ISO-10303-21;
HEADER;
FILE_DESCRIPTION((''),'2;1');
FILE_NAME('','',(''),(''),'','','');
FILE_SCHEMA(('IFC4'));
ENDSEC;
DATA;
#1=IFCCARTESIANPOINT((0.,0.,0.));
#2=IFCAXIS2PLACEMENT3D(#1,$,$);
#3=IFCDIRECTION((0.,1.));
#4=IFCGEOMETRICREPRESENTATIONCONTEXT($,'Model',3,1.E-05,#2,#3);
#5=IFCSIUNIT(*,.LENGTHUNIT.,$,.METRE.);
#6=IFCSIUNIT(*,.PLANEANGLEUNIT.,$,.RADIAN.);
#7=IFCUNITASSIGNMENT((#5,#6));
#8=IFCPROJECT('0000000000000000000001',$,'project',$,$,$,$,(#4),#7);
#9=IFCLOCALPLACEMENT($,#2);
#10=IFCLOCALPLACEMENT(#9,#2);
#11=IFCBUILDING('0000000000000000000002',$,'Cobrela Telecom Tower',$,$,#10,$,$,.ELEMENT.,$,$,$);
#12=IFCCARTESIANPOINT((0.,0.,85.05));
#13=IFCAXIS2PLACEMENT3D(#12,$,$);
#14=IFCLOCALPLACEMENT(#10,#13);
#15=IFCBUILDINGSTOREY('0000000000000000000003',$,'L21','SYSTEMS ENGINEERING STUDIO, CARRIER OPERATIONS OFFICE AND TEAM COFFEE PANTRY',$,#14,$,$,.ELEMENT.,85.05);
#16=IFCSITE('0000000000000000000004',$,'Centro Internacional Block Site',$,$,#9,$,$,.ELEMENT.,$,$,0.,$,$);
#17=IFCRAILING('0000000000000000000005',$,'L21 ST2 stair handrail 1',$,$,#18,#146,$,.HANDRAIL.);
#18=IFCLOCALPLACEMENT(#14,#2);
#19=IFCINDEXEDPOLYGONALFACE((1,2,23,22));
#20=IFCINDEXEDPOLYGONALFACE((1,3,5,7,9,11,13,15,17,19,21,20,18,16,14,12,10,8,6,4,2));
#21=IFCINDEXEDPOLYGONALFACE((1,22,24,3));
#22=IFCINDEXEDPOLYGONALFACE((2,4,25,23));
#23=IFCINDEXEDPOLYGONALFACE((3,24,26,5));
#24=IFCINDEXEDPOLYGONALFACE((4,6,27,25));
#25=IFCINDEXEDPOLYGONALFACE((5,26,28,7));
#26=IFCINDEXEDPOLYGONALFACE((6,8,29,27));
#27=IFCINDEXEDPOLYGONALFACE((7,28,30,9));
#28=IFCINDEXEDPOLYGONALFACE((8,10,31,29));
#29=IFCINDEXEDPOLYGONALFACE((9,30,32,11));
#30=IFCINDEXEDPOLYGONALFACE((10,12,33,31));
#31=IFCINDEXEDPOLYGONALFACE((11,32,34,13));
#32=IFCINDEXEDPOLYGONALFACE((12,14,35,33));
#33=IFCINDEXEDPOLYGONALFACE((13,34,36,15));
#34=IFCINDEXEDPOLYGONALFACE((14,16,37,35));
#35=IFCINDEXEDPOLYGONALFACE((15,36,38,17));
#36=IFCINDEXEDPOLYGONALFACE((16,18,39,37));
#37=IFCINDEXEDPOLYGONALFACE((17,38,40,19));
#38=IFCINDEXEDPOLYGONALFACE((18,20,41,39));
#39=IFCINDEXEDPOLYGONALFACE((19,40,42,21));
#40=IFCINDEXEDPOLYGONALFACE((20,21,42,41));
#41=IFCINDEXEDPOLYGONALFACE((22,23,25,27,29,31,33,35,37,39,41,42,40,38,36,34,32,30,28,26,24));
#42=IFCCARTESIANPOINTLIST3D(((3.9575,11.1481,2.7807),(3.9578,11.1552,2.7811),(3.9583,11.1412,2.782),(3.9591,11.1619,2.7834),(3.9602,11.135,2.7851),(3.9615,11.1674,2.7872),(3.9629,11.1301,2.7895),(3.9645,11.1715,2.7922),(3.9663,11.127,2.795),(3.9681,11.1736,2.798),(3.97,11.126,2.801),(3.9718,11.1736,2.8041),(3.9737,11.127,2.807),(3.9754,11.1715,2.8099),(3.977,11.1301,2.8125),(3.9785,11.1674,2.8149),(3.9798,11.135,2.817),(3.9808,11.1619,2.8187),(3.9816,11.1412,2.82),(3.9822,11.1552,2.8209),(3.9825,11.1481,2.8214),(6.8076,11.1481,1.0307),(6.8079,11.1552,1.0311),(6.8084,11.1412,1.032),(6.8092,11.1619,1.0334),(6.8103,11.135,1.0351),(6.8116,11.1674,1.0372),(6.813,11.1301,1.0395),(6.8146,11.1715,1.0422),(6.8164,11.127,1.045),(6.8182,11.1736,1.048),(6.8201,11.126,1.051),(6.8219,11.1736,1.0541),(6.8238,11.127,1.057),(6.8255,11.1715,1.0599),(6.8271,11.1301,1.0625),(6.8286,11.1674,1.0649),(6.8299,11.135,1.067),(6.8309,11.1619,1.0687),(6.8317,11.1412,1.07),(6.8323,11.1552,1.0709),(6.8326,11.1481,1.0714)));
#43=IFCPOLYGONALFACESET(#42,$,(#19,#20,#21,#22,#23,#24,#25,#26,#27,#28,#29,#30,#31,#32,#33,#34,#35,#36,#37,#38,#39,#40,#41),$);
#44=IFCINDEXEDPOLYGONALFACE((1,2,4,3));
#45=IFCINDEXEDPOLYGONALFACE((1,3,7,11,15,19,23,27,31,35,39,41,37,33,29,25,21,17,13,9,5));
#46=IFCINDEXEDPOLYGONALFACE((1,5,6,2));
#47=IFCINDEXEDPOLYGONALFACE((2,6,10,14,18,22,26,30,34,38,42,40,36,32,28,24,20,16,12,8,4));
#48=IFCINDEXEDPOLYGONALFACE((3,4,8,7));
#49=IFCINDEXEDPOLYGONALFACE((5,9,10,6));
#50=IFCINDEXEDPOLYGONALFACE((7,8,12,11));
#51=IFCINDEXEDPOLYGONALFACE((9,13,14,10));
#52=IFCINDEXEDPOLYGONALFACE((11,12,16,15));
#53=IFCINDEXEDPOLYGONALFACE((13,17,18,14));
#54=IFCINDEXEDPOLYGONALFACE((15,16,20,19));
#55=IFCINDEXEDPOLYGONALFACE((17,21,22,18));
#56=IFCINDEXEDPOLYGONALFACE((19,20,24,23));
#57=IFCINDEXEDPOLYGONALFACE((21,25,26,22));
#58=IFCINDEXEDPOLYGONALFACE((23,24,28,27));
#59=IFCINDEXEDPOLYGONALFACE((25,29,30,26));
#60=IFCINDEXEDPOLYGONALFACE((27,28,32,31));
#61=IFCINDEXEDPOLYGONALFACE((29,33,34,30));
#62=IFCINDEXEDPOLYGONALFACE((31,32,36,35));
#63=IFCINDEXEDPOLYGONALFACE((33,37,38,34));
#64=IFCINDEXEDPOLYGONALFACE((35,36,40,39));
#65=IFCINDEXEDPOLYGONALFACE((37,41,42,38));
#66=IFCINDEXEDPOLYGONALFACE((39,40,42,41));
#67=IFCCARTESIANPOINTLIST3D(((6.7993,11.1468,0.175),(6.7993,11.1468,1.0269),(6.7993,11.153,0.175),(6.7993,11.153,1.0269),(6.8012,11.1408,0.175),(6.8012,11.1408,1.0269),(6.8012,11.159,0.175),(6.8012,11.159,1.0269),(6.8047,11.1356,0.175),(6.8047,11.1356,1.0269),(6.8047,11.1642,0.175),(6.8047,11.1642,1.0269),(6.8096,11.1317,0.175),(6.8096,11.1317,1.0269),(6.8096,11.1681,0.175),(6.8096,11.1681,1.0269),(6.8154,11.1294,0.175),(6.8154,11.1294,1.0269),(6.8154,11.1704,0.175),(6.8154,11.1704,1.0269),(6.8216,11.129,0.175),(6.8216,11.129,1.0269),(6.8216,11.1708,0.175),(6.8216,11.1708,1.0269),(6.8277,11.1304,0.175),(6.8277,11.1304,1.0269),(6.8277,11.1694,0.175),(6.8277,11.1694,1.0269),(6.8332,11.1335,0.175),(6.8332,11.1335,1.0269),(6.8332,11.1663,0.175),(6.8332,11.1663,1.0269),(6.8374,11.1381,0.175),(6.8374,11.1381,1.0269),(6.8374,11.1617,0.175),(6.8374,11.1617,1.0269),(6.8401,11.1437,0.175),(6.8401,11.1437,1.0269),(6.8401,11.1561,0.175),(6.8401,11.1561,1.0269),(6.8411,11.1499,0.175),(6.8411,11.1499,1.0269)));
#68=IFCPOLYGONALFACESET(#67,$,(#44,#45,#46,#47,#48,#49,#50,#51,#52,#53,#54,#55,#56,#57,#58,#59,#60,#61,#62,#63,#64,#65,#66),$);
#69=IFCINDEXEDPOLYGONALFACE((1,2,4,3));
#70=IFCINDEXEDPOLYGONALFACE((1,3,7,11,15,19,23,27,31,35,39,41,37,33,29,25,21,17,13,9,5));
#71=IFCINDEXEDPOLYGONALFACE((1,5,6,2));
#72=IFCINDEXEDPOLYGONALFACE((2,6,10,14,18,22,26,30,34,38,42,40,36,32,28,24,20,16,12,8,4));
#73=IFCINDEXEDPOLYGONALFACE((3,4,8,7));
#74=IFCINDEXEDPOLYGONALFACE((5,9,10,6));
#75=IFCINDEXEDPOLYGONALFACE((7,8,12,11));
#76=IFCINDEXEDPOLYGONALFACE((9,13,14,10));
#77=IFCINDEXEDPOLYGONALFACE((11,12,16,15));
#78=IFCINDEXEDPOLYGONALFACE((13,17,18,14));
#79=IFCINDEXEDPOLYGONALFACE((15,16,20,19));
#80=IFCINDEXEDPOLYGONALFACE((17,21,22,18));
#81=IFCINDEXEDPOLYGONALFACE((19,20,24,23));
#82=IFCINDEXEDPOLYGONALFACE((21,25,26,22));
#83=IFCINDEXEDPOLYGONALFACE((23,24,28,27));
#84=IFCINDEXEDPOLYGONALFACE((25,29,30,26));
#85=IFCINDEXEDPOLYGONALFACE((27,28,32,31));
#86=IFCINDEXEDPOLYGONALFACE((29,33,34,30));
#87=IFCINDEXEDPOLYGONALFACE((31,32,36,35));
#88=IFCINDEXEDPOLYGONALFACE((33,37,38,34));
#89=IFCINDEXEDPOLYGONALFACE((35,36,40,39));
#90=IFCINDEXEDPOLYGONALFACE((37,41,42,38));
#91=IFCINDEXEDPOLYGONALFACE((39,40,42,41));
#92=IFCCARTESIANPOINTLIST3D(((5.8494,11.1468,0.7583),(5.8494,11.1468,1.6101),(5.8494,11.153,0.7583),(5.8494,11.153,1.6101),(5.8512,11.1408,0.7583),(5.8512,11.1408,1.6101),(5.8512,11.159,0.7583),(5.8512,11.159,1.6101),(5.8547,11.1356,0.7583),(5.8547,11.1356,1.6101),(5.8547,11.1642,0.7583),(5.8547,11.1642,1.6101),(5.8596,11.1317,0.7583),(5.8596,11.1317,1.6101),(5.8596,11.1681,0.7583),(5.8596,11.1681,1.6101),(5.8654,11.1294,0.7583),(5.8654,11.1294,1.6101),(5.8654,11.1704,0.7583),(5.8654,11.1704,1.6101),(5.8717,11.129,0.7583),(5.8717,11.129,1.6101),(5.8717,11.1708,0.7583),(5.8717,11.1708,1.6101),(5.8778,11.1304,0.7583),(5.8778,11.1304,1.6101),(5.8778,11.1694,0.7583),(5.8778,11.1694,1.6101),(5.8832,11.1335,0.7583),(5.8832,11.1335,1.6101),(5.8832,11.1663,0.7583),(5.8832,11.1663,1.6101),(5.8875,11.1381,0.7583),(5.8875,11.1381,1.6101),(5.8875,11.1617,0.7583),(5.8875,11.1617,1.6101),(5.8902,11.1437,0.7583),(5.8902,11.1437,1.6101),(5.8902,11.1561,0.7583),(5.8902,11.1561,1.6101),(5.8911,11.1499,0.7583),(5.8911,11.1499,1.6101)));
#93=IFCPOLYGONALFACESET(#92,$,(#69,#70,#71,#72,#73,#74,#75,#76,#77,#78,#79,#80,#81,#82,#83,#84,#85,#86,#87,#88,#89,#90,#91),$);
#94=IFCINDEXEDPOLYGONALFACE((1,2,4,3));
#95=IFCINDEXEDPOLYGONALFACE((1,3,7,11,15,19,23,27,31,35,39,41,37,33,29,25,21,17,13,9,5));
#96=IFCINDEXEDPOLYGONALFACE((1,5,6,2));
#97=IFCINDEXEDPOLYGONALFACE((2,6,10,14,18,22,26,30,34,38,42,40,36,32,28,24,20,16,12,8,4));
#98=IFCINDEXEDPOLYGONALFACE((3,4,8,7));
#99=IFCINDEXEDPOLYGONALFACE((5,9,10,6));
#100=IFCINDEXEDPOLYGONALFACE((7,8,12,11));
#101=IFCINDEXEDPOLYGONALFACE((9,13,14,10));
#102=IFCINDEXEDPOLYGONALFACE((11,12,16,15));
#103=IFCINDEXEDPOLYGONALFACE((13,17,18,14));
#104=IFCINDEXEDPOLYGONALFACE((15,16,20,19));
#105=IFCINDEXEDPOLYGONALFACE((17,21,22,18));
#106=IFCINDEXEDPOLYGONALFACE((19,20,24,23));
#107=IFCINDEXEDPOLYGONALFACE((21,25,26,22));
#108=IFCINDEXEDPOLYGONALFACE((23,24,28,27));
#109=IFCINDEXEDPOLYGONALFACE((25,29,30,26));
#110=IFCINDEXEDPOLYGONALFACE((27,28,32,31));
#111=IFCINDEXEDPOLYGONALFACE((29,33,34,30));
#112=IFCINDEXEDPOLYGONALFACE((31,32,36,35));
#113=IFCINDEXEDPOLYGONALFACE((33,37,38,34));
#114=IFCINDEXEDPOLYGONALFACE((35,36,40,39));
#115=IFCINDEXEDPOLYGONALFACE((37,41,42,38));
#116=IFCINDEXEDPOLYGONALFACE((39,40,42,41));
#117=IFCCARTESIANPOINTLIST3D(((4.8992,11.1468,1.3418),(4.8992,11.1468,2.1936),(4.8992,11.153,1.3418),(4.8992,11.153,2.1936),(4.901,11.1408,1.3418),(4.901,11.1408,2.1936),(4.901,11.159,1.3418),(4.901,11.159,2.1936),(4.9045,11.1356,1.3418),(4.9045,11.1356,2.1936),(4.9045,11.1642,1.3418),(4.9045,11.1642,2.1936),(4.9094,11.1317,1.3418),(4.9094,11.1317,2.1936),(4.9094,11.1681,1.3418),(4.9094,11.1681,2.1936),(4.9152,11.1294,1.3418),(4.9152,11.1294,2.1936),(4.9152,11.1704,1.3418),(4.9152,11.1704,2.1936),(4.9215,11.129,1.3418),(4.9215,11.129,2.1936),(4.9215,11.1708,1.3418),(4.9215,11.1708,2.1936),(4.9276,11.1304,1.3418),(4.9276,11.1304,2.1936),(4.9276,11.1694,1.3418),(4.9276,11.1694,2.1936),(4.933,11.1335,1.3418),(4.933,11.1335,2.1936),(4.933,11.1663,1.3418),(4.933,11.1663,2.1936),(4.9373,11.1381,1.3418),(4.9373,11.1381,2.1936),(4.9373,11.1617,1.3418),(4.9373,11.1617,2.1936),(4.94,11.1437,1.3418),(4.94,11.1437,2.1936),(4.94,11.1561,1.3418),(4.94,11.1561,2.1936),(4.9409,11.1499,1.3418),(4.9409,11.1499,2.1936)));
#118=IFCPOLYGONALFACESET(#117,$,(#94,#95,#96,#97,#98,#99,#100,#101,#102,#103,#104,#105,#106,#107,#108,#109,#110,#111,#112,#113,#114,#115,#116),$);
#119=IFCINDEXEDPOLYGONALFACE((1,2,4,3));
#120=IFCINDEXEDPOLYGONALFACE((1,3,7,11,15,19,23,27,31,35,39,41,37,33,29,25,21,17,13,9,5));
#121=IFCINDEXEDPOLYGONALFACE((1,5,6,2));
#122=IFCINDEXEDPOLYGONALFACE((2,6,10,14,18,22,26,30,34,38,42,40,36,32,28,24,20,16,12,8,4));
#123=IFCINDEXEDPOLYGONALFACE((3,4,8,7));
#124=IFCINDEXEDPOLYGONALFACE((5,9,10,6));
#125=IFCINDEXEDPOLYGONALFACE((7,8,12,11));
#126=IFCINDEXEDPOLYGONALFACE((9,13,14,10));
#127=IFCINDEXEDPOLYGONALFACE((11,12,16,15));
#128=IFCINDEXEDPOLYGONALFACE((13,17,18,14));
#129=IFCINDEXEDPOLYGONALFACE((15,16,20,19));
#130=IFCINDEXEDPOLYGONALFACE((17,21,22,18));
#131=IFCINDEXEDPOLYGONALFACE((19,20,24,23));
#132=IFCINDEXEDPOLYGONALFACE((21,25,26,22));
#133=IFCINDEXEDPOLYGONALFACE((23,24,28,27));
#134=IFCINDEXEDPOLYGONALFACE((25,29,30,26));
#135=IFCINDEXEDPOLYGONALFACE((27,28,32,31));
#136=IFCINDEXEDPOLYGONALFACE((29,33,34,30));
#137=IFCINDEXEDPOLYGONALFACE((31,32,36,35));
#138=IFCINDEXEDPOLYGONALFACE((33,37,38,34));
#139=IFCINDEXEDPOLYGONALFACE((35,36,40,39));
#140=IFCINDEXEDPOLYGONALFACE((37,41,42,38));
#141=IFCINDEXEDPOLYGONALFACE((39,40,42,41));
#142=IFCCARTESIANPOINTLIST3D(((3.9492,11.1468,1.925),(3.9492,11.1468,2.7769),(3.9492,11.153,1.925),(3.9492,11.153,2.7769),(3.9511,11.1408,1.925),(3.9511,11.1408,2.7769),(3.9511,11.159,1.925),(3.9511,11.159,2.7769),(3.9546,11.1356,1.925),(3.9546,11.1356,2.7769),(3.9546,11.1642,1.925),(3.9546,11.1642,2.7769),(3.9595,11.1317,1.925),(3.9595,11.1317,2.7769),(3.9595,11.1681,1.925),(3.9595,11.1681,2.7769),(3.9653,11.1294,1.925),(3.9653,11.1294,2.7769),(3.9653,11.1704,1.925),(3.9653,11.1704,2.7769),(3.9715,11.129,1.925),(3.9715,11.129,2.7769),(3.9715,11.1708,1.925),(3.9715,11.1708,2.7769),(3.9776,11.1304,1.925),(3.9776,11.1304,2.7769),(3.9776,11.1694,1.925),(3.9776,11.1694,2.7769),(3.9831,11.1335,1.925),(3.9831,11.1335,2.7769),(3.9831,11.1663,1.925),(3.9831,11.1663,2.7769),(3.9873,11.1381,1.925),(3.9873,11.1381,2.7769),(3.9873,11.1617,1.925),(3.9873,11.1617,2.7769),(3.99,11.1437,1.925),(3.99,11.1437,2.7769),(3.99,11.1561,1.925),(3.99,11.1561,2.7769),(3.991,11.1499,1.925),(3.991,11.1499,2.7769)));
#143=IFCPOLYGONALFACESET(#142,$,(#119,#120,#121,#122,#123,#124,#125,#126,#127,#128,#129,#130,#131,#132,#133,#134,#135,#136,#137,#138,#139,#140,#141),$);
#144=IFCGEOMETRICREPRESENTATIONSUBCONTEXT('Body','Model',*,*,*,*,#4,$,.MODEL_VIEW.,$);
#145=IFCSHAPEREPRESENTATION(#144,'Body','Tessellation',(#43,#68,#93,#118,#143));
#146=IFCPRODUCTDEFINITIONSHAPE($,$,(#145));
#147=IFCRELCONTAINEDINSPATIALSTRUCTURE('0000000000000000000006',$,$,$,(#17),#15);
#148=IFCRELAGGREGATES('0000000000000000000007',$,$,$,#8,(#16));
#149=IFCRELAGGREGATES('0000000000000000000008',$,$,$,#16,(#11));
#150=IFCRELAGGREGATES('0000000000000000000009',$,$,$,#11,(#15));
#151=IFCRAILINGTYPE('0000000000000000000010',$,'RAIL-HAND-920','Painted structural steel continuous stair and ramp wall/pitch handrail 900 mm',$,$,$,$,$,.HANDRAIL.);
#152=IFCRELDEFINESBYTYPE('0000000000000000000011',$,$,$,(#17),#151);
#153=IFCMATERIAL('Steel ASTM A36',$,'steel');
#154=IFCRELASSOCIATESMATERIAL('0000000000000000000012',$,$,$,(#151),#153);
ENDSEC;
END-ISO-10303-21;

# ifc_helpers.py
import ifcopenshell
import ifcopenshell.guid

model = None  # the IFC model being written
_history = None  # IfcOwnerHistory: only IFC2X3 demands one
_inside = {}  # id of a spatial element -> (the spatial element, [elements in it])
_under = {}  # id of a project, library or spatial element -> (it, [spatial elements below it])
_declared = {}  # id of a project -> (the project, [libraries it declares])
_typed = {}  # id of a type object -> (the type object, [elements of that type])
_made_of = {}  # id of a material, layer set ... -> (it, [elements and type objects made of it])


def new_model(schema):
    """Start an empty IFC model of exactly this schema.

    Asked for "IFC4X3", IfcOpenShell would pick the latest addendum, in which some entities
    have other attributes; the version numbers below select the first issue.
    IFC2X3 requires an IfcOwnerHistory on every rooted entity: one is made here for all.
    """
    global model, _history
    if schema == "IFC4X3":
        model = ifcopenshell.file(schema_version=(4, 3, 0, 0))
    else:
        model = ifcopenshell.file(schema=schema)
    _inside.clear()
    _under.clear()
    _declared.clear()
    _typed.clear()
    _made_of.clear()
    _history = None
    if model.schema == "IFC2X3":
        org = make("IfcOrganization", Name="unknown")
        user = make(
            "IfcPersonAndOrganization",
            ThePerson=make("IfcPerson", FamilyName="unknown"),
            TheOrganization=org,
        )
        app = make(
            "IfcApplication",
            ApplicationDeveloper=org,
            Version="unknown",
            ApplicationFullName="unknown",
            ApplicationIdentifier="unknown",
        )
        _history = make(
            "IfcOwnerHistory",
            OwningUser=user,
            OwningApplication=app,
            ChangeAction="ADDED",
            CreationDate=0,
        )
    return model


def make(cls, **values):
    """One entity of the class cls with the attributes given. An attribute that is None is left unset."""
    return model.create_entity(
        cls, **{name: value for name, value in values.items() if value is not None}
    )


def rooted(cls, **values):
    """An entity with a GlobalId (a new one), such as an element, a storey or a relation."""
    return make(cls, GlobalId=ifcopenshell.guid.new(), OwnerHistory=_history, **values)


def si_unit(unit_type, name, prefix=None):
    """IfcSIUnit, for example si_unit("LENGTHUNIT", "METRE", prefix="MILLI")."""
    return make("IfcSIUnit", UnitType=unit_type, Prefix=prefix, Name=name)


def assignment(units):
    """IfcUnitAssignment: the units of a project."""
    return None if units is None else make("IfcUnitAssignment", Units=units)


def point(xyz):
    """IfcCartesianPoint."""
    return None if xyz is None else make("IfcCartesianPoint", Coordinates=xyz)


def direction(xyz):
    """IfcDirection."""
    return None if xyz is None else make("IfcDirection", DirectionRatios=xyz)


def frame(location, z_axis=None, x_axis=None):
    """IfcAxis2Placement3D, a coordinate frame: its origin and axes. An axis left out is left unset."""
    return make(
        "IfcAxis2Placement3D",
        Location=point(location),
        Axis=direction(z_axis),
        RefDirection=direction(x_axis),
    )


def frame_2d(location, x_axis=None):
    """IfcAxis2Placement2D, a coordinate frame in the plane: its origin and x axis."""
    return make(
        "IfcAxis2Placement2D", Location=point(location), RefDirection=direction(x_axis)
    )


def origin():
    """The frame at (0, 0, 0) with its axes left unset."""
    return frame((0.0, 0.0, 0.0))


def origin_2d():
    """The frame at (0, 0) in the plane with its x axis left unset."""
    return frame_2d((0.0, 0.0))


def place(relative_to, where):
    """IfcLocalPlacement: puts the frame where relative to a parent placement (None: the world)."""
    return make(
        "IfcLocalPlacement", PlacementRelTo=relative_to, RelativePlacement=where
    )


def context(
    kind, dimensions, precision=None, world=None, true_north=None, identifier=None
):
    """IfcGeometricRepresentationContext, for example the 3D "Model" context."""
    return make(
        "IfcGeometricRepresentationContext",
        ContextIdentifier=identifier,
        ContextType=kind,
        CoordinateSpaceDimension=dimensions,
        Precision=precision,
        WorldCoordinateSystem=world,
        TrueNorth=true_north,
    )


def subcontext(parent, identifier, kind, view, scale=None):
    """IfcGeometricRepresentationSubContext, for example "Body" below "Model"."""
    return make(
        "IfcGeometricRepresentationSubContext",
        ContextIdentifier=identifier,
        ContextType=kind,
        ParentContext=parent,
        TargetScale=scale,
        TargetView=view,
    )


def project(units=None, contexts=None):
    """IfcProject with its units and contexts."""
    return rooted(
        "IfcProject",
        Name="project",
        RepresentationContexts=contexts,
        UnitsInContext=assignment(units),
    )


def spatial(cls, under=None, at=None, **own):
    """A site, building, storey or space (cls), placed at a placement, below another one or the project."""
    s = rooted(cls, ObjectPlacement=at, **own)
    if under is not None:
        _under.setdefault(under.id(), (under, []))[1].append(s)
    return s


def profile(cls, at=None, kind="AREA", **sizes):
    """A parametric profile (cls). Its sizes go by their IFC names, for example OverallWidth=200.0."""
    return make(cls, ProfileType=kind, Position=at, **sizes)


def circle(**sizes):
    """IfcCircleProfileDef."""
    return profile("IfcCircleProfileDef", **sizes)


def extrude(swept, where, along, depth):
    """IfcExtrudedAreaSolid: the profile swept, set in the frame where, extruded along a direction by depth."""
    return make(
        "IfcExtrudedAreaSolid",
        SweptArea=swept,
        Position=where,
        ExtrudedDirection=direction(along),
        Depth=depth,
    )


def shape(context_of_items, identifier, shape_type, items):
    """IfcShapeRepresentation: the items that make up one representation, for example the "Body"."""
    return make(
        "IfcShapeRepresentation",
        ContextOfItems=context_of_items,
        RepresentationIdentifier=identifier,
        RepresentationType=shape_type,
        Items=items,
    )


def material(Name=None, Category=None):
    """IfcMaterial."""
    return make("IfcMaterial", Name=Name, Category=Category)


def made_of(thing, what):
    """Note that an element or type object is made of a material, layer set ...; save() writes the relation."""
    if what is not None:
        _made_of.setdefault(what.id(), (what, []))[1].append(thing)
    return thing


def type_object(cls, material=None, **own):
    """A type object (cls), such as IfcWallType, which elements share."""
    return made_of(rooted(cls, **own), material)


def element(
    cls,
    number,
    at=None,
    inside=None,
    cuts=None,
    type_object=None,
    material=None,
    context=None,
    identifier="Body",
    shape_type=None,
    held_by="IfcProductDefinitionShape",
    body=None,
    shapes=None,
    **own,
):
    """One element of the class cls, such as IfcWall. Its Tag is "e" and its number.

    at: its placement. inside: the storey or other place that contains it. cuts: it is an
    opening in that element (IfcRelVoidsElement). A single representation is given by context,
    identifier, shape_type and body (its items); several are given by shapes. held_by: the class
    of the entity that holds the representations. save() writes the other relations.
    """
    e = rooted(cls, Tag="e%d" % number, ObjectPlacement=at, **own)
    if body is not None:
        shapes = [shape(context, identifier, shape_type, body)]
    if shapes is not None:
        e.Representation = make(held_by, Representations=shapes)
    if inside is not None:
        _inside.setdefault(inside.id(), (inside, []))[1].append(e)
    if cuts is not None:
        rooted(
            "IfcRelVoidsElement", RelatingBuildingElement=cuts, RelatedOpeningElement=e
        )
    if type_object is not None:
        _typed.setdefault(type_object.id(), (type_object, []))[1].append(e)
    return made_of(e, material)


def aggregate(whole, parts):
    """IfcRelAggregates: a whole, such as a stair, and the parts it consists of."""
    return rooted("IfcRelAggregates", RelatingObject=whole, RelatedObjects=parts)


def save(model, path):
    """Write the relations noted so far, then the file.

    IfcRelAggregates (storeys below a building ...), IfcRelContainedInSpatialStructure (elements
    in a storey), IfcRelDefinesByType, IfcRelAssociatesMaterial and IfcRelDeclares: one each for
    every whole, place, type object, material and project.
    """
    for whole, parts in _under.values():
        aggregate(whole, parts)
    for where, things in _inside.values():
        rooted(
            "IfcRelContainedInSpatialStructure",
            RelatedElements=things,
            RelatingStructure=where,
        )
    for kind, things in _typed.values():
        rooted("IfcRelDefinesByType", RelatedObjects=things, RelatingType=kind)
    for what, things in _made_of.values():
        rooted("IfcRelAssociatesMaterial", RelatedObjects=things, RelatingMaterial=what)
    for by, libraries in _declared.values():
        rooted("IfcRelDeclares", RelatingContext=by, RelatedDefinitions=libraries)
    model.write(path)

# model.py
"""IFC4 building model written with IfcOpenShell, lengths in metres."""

from ifc_helpers import new_model, si_unit, direction, frame, origin, origin_2d, place, context, subcontext, project, spatial, circle, extrude, material, type_object, element, save


model = new_model("IFC4")

# Units and contexts
model_context = context("Model", 3, precision=1e-05, world=origin(), true_north=direction((0.0, 1.0)))
body_context = subcontext(model_context, "Body", "Model", "MODEL_VIEW")
ifc_project = project(units=[si_unit("LENGTHUNIT", "METRE"), si_unit("PLANEANGLEUNIT", "RADIAN")], contexts=[model_context])

# Site, building, storey
site_placement = place(None, origin())
site = spatial("IfcSite", under=ifc_project, at=site_placement, Name="Centro Internacional Block Site", CompositionType="ELEMENT", RefElevation=0.0)
building_placement = place(site_placement, origin())
building = spatial("IfcBuilding", under=site, at=building_placement, Name="Cobrela Telecom Tower", CompositionType="ELEMENT")
storey_placement = place(building_placement, frame((0.0, 0.0, 85.05)))
storey = spatial("IfcBuildingStorey", under=building, at=storey_placement, Name="L21", Description="SYSTEMS ENGINEERING STUDIO, CARRIER OPERATIONS OFFICE AND TEAM COFFEE PANTRY", CompositionType="ELEMENT", Elevation=85.05)

# Railing
ifc_material_1 = material(Name="Steel ASTM A36", Category="steel")
railing_type_1 = type_object("IfcRailingType", Name="RAIL-HAND-920", Description="Painted structural steel continuous stair and ramp wall/pitch handrail 900 mm", PredefinedType="HANDRAIL", material=ifc_material_1)
railing_1_placement = place(storey_placement, frame((6.8201, 11.1499, 0.175)))
element("IfcRailing", 1, at=railing_1_placement, inside=storey, type_object=railing_type_1, Name="L21 ST2 stair handrail 1", PredefinedType="HANDRAIL", context=body_context, shape_type="SweptSolid", body=[
    extrude(circle(Radius=0.0239, at=origin_2d()), frame((0.0, 0.0, 0.876), z_axis=(-0.852179, 0.0, 0.52325), x_axis=(0.0, -1.0, 0.0)), (0.0, 0.0, 1.0), 3.3445),
    extrude(circle(Radius=0.021, at=origin_2d()), origin(), (0.0, 0.0, 1.0), 0.8518),
    extrude(circle(Radius=0.021, at=origin_2d()), frame((-0.95, 0.0, 0.5833)), (0.0, 0.0, 1.0), 0.8518),
    extrude(circle(Radius=0.021, at=origin_2d()), frame((-1.9001, 0.0, 1.1667)), (0.0, 0.0, 1.0), 0.8518),
    extrude(circle(Radius=0.021, at=origin_2d()), frame((-2.8501, 0.0, 1.75)), (0.0, 0.0, 1.0), 0.8518),
])

save(model, "model.ifc")
